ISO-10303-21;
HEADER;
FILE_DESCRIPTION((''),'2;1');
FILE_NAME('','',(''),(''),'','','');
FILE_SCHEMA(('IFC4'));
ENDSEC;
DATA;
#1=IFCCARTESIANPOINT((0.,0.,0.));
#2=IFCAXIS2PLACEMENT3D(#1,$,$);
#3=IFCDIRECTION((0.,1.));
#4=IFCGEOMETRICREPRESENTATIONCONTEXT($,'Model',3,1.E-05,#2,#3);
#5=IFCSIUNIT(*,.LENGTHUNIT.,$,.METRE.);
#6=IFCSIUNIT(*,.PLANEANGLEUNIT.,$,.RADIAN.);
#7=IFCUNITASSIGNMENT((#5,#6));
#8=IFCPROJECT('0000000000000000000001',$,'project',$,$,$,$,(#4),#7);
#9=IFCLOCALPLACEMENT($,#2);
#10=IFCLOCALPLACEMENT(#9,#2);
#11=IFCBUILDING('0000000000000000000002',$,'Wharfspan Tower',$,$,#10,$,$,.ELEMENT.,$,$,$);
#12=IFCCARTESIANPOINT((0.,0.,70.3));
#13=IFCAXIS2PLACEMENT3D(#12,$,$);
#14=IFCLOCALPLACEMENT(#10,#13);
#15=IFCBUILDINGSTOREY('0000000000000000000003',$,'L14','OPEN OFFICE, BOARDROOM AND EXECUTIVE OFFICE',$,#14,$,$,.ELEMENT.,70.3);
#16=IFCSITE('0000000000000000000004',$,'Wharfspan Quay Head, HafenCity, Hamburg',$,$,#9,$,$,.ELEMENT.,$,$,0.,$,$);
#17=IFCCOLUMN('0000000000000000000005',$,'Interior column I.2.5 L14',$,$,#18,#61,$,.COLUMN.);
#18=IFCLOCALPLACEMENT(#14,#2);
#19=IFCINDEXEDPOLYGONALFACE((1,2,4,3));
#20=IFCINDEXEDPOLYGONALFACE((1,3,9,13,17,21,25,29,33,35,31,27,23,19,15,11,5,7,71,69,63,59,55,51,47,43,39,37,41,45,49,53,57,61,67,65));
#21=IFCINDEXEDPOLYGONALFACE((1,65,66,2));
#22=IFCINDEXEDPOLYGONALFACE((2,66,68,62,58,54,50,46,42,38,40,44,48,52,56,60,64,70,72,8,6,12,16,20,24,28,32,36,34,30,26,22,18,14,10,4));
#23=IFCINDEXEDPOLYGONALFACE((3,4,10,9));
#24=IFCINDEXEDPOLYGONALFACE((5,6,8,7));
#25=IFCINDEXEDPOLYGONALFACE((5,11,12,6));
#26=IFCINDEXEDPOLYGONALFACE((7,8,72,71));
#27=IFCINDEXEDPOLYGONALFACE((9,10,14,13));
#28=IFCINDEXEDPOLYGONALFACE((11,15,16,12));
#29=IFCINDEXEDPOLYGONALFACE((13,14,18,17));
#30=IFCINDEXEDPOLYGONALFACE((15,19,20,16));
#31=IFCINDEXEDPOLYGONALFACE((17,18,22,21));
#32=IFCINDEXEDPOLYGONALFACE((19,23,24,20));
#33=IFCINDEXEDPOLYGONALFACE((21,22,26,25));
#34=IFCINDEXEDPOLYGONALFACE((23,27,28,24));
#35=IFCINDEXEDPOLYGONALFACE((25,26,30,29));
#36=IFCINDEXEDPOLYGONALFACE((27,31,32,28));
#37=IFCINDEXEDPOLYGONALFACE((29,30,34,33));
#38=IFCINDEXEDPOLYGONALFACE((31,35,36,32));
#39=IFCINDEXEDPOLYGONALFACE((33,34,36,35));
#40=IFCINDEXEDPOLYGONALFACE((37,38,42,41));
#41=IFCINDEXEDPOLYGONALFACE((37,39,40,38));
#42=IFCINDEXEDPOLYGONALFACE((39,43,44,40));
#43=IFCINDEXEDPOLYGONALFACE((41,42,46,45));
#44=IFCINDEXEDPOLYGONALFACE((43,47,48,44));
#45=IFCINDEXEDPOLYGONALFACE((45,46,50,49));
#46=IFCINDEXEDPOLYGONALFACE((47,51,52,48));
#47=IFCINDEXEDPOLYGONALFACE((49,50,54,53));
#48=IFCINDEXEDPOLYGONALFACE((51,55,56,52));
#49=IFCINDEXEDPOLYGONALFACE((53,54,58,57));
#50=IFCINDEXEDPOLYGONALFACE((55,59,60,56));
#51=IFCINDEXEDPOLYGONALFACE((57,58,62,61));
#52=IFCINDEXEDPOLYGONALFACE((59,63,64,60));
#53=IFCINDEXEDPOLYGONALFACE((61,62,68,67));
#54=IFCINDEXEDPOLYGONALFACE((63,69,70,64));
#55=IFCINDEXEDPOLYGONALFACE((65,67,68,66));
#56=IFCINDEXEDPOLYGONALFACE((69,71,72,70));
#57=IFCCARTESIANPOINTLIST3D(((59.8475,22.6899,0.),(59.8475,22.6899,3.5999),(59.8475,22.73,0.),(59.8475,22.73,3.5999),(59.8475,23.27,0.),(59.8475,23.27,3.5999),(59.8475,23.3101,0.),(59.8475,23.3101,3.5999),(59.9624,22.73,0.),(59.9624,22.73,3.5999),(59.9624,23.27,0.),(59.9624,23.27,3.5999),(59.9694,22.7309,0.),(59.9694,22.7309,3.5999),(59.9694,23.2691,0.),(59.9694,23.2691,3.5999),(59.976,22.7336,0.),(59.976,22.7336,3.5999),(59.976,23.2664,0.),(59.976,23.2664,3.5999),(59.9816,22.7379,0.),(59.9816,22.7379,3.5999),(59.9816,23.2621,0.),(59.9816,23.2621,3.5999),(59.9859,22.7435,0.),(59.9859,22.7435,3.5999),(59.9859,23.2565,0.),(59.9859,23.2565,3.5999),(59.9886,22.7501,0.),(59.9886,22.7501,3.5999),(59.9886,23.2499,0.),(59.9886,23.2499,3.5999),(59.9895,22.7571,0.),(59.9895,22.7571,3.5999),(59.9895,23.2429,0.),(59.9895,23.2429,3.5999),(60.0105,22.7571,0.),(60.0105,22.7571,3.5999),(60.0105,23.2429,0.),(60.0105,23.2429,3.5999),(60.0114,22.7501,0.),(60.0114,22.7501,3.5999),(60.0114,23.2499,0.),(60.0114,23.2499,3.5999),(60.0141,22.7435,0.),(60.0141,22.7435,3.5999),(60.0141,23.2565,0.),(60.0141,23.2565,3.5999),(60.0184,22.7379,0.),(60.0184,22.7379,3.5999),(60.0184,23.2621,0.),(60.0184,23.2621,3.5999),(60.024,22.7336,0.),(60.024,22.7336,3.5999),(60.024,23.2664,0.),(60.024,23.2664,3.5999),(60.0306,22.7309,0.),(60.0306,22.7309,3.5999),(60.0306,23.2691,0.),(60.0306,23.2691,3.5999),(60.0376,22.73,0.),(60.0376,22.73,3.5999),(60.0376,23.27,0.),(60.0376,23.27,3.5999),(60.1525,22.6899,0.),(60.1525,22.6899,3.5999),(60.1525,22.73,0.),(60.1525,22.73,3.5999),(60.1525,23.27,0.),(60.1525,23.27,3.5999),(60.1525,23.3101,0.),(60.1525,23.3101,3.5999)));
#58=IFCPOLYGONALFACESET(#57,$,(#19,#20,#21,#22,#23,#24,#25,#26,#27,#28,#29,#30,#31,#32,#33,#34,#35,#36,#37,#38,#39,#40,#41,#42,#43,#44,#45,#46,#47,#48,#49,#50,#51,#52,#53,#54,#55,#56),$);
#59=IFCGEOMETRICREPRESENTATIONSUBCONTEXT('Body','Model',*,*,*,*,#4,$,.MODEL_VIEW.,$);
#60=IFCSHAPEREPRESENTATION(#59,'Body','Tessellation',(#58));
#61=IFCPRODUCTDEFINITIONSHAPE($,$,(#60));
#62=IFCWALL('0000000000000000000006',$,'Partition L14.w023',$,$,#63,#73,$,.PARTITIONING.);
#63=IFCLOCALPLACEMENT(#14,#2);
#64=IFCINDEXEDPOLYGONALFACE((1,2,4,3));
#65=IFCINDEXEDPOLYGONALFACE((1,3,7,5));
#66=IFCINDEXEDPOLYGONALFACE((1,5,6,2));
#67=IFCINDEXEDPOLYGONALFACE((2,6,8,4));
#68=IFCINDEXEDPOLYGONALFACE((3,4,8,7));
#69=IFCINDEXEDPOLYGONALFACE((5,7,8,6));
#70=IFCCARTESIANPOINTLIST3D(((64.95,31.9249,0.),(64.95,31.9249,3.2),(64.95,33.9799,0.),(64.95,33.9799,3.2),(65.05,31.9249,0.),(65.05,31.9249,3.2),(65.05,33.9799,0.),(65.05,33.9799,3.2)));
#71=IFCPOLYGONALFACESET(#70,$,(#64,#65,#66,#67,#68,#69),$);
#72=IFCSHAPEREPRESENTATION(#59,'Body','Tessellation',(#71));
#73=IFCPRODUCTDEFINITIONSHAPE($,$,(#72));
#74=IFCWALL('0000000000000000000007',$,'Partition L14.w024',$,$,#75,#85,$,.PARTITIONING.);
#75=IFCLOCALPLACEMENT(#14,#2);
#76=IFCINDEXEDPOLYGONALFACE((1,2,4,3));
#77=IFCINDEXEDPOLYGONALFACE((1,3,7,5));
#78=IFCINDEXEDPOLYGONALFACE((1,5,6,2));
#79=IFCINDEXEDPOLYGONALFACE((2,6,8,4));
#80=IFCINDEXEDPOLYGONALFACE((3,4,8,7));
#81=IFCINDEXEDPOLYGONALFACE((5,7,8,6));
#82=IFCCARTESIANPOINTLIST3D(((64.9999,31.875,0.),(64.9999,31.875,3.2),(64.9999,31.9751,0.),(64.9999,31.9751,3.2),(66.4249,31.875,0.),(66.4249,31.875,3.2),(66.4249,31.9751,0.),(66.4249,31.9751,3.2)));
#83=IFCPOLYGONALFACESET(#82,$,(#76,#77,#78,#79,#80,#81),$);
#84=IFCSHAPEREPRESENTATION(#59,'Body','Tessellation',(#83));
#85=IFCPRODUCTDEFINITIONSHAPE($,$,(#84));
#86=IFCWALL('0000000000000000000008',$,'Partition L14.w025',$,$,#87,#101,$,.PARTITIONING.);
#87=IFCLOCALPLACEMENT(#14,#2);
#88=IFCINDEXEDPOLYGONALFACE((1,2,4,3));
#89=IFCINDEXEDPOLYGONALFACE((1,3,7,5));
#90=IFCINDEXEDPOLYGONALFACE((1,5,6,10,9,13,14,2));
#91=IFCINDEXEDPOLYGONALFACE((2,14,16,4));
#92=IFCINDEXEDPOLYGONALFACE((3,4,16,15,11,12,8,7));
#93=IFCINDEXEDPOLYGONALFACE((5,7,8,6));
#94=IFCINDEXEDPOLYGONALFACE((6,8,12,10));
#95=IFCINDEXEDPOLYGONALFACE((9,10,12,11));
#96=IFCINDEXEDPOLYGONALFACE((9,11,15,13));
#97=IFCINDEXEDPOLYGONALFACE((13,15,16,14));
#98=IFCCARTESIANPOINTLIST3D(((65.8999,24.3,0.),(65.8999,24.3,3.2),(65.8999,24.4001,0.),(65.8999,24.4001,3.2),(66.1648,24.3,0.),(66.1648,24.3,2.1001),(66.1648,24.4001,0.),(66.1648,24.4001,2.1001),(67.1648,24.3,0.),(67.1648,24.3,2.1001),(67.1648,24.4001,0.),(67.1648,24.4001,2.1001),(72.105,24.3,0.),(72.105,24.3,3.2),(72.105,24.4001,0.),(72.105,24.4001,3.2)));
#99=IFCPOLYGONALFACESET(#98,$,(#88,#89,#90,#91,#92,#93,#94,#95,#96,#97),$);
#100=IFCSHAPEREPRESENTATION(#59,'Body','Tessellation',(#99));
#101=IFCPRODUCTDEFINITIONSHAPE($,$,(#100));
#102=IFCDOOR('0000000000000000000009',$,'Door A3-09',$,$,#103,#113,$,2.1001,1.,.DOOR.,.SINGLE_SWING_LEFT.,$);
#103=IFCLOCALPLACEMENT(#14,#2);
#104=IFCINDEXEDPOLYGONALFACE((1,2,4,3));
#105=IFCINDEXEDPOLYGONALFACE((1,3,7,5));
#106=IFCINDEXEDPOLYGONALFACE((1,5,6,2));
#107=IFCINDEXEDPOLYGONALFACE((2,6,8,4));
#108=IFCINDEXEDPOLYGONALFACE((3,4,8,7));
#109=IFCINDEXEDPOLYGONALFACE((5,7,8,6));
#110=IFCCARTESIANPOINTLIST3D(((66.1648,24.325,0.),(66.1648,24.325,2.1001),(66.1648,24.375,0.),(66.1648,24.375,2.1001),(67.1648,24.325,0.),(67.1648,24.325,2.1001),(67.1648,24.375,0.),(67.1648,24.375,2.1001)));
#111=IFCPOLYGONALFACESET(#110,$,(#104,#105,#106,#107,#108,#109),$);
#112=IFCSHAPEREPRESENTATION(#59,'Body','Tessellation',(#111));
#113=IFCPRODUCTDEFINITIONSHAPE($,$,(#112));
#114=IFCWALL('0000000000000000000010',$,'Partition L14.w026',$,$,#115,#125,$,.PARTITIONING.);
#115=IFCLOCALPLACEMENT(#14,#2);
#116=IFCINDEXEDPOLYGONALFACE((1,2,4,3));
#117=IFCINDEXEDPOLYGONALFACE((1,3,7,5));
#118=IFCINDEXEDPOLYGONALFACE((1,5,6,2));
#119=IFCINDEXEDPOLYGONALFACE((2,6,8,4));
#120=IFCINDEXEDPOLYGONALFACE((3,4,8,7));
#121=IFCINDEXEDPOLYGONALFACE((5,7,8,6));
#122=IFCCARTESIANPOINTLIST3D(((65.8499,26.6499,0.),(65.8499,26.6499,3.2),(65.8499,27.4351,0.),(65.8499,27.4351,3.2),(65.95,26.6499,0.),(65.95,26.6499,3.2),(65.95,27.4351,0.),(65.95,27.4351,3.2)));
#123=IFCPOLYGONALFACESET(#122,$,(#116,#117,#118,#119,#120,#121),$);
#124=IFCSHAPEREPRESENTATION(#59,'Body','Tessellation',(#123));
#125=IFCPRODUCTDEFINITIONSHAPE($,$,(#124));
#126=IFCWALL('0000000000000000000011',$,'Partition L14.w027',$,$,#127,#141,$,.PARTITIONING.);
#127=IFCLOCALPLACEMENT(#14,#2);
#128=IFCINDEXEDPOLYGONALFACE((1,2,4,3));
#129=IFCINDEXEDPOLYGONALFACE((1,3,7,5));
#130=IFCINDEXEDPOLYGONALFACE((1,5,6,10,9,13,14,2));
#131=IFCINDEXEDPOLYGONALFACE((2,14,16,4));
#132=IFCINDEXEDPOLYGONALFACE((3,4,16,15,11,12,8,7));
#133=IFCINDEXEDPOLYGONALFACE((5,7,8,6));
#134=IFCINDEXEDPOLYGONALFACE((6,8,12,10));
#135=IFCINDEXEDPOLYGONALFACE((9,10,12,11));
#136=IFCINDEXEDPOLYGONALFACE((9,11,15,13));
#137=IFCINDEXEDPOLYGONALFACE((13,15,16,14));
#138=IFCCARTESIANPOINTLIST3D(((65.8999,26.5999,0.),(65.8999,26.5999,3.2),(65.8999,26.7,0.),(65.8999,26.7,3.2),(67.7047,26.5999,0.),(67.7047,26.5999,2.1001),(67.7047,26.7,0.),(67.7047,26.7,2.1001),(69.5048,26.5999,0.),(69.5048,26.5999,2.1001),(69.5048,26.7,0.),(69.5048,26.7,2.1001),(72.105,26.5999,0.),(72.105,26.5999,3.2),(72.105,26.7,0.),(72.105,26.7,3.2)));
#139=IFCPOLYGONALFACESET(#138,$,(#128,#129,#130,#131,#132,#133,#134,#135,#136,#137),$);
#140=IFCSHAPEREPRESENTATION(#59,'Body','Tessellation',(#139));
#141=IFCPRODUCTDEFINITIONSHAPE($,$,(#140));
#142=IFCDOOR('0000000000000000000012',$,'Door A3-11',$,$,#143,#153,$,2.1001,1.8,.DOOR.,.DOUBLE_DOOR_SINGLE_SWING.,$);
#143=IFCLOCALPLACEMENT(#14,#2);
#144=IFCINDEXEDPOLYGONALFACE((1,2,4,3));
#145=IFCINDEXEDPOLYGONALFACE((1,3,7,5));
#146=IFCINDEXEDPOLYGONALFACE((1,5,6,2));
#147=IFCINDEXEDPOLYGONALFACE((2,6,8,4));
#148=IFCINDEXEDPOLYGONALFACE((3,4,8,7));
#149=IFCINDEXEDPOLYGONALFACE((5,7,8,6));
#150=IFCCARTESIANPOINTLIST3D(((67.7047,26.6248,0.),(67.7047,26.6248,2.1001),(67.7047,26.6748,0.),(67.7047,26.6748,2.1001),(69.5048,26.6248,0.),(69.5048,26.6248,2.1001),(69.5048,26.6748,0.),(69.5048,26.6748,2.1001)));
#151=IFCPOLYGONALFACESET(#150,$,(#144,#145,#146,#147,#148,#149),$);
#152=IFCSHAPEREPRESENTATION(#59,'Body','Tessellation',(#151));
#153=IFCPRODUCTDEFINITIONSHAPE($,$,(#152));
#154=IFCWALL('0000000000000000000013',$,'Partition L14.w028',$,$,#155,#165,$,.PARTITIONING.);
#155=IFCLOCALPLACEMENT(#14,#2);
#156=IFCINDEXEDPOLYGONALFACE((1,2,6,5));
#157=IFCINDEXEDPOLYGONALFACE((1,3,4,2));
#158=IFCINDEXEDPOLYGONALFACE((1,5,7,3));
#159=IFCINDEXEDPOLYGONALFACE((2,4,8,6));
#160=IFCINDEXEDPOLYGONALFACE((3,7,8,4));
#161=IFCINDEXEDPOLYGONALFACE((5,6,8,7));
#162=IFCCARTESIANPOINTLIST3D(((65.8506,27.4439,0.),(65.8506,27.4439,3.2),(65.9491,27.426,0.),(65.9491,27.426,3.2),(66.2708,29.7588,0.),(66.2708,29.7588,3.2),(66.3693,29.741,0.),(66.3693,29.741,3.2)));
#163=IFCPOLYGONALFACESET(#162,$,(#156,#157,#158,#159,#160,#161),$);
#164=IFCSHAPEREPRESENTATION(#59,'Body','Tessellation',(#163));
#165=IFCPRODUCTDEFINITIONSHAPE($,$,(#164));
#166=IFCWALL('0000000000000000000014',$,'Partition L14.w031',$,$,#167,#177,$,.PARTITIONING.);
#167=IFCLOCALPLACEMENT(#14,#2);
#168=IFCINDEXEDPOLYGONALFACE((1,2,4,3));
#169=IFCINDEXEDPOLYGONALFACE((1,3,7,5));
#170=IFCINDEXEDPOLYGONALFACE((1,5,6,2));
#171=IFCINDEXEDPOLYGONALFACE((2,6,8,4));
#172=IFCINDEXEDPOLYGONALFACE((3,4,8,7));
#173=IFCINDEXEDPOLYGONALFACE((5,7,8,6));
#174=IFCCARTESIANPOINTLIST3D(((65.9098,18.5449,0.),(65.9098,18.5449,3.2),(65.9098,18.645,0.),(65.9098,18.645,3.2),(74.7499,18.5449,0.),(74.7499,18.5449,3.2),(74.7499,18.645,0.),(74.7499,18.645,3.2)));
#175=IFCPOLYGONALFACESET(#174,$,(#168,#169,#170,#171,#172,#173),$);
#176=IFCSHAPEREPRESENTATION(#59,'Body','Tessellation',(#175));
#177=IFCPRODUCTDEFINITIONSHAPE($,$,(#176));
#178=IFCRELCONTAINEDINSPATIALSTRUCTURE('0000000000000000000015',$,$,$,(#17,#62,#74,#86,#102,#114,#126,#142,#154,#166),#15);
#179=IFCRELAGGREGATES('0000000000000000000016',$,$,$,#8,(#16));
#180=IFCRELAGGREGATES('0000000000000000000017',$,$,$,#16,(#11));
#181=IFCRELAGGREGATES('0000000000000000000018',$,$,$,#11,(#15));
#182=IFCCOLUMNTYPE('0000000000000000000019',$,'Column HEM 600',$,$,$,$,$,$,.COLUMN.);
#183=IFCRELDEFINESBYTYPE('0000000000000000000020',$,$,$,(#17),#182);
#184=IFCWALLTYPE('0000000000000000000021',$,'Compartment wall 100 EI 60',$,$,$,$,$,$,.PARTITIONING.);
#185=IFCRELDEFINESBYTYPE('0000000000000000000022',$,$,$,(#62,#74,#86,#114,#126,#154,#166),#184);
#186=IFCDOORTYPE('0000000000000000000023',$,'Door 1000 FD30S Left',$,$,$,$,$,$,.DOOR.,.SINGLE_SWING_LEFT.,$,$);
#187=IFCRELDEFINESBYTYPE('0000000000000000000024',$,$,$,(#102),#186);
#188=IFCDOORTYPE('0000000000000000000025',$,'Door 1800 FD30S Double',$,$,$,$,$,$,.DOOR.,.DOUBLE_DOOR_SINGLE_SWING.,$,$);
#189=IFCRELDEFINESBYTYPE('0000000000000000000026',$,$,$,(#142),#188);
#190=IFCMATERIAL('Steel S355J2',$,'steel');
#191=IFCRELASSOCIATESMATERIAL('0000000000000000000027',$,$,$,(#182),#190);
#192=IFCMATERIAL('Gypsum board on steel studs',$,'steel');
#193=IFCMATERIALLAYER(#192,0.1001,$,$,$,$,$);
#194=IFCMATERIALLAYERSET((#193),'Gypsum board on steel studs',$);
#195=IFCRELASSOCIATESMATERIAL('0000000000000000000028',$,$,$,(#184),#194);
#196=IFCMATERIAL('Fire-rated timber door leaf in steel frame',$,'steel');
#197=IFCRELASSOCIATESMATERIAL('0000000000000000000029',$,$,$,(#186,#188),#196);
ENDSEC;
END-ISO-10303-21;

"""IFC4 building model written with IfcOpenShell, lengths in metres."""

from ifc_helpers import new_model, si_unit, direction, frame, frame_2d, origin, origin_2d, place, context, subcontext, project, spatial, rectangle, i_section, extrude, material, layer, layer_set, material_profile, profile_set, type_object, element, fill, save


model = new_model("IFC4")

# Units and contexts
model_context = context("Model", 3, precision=1e-05, world=origin(), true_north=direction((0.0, 1.0)))
body_context = subcontext(model_context, "Body", "Model", "MODEL_VIEW")
ifc_project = project(units=[si_unit("LENGTHUNIT", "METRE"), si_unit("PLANEANGLEUNIT", "RADIAN")], contexts=[model_context])

# Site, building, storey
site_placement = place(None, origin())
site = spatial("IfcSite", under=ifc_project, at=site_placement, Name="Wharfspan Quay Head, HafenCity, Hamburg", CompositionType="ELEMENT", RefElevation=0.0)
building_placement = place(site_placement, origin())
building = spatial("IfcBuilding", under=site, at=building_placement, Name="Wharfspan Tower", CompositionType="ELEMENT")
storey_placement = place(building_placement, frame((0.0, 0.0, 70.3)))
storey = spatial("IfcBuildingStorey", under=building, at=storey_placement, Name="L14", Description="OPEN OFFICE, BOARDROOM AND EXECUTIVE OFFICE", CompositionType="ELEMENT", Elevation=70.3)

# Column
ifc_material_1 = material(Name="Steel S355J2", Category="steel")
ifc_material_profile = material_profile(ifc_material_1, i_section(OverallWidth=0.3049, OverallDepth=0.6201, WebThickness=0.021, FlangeThickness=0.04, FilletRadius=0.0271, at=origin_2d()))
ifc_profile_set = profile_set([ifc_material_profile], Name="Steel S355J2")
column_type = type_object("IfcColumnType", Name="Column HEM 600", PredefinedType="COLUMN", material=ifc_profile_set)
column_placement = place(storey_placement, frame((60.0, 23.0, 0.0), z_axis=(0.0, 0.0, 1.0), x_axis=(1.0, 0.0, 0.0)))
element("IfcColumn", 1, at=column_placement, inside=storey, type_object=column_type, Name="Interior column I.2.5 L14", PredefinedType="COLUMN", context=body_context, shape_type="SweptSolid", body=[
    extrude(i_section(OverallWidth=0.3049, OverallDepth=0.6201, WebThickness=0.021, FlangeThickness=0.04, FilletRadius=0.0271, at=origin_2d()), origin(), (0.0, 0.0, 1.0), 3.5999),
])

# Walls
ifc_material_2 = material(Name="Gypsum board on steel studs", Category="steel")
ifc_layer_1 = layer(ifc_material_2, 0.1001)
ifc_layer_set_1 = layer_set([ifc_layer_1], Name="Gypsum board on steel studs")
wall_type_1 = type_object("IfcWallType", Name="Compartment wall 100 EI 60", PredefinedType="PARTITIONING", material=ifc_layer_set_1)
wall_1_placement = place(storey_placement, frame((65.0, 31.925, 0.0), z_axis=(0.0, 0.0, 1.0), x_axis=(0.0, 1.0, 0.0)))
element("IfcWall", 2, at=wall_1_placement, inside=storey, type_object=wall_type_1, Name="Partition L14.w023", PredefinedType="PARTITIONING", context=body_context, shape_type="SweptSolid", body=[
    extrude(rectangle(XDim=2.0549, YDim=0.1001, at=frame_2d((1.0273, 0.0))), origin(), (0.0, 0.0, 1.0), 3.2),
])
wall_2_placement = place(storey_placement, frame((65.0, 31.925, 0.0), z_axis=(0.0, 0.0, 1.0), x_axis=(1.0, 0.0, 0.0)))
element("IfcWall", 3, at=wall_2_placement, inside=storey, type_object=wall_type_1, Name="Partition L14.w024", PredefinedType="PARTITIONING", context=body_context, shape_type="SweptSolid", body=[
    extrude(rectangle(XDim=1.425, YDim=0.1001, at=frame_2d((0.7124, 0.0))), origin(), (0.0, 0.0, 1.0), 3.2),
])

# Wall, opening, door
wall_3_placement = place(storey_placement, frame((65.8999, 24.3501, 0.0), z_axis=(0.0, 0.0, 1.0), x_axis=(1.0, 0.0, 0.0)))
wall_3 = element("IfcWall", 4, at=wall_3_placement, inside=storey, type_object=wall_type_1, Name="Partition L14.w025", PredefinedType="PARTITIONING", context=body_context, shape_type="SweptSolid", body=[
    extrude(rectangle(XDim=6.2051, YDim=0.1001, at=frame_2d((3.1025, 0.0))), origin(), (0.0, 0.0, 1.0), 3.2),
])
opening_1_placement = place(wall_3_placement, frame((0.2649, 0.0, 0.0)))
opening_1 = element("IfcOpeningElement", 5, at=opening_1_placement, cuts=wall_3, PredefinedType="OPENING", context=body_context, shape_type="SweptSolid", body=[
    extrude(rectangle(XDim=1.0, YDim=2.1001, at=frame_2d((0.5, 1.05))), frame((0.0, 0.0601, 0.0), z_axis=(0.0, -1.0, 0.0), x_axis=(1.0, 0.0, 0.0)), (0.0, 0.0, 1.0), 0.1201),
])
ifc_material_3 = material(Name="Fire-rated timber door leaf in steel frame", Category="steel")
door_type_1 = type_object("IfcDoorType", Name="Door 1000 FD30S Left", OperationType="SINGLE_SWING_LEFT", PredefinedType="DOOR", material=ifc_material_3)
door_1_placement = place(opening_1_placement, origin())
door_1 = element("IfcDoor", 6, at=door_1_placement, inside=storey, type_object=door_type_1, Name="Door A3-09", OperationType="SINGLE_SWING_LEFT", OverallHeight=2.1001, OverallWidth=1.0, PredefinedType="DOOR", context=body_context, shape_type="SweptSolid", body=[
    extrude(rectangle(XDim=1.0, YDim=2.1001, at=frame_2d((0.5, 1.05))), frame((0.0, 0.0249, 0.0), z_axis=(0.0, -1.0, 0.0), x_axis=(1.0, 0.0, 0.0)), (0.0, 0.0, 1.0), 0.05),
])
fill(opening_1, door_1)

# Wall
wall_4_placement = place(storey_placement, frame((65.8999, 26.6499, 0.0), z_axis=(0.0, 0.0, 1.0), x_axis=(0.0, 1.0, 0.0)))
element("IfcWall", 7, at=wall_4_placement, inside=storey, type_object=wall_type_1, Name="Partition L14.w026", PredefinedType="PARTITIONING", context=body_context, shape_type="SweptSolid", body=[
    extrude(rectangle(XDim=0.7852, YDim=0.1001, at=frame_2d((0.3926, 0.0))), origin(), (0.0, 0.0, 1.0), 3.2),
])

# Wall, opening, door
wall_5_placement = place(storey_placement, frame((65.8999, 26.6499, 0.0), z_axis=(0.0, 0.0, 1.0), x_axis=(1.0, 0.0, 0.0)))
wall_5 = element("IfcWall", 8, at=wall_5_placement, inside=storey, type_object=wall_type_1, Name="Partition L14.w027", PredefinedType="PARTITIONING", context=body_context, shape_type="SweptSolid", body=[
    extrude(rectangle(XDim=6.2051, YDim=0.1001, at=frame_2d((3.1025, 0.0))), origin(), (0.0, 0.0, 1.0), 3.2),
])
opening_2_placement = place(wall_5_placement, frame((1.8049, 0.0, 0.0)))
opening_2 = element("IfcOpeningElement", 9, at=opening_2_placement, cuts=wall_5, PredefinedType="OPENING", context=body_context, shape_type="SweptSolid", body=[
    extrude(rectangle(XDim=1.8, YDim=2.1001, at=frame_2d((0.8999, 1.05))), frame((0.0, 0.0601, 0.0), z_axis=(0.0, -1.0, 0.0), x_axis=(1.0, 0.0, 0.0)), (0.0, 0.0, 1.0), 0.1201),
])
door_type_2 = type_object("IfcDoorType", Name="Door 1800 FD30S Double", OperationType="DOUBLE_DOOR_SINGLE_SWING", PredefinedType="DOOR", material=ifc_material_3)
door_2_placement = place(opening_2_placement, origin())
door_2 = element("IfcDoor", 10, at=door_2_placement, inside=storey, type_object=door_type_2, Name="Door A3-11", OperationType="DOUBLE_DOOR_SINGLE_SWING", OverallHeight=2.1001, OverallWidth=1.8, PredefinedType="DOOR", context=body_context, shape_type="SweptSolid", body=[
    extrude(rectangle(XDim=1.8, YDim=2.1001, at=frame_2d((0.8999, 1.05))), frame((0.0, 0.0249, 0.0), z_axis=(0.0, -1.0, 0.0), x_axis=(1.0, 0.0, 0.0)), (0.0, 0.0, 1.0), 0.05),
])
fill(opening_2, door_2)

# Walls
wall_6_placement = place(storey_placement, frame((65.8999, 27.4351, 0.0), z_axis=(0.0, 0.0, 1.0), x_axis=(0.178584, 0.983924, 0.0)))
element("IfcWall", 11, at=wall_6_placement, inside=storey, type_object=wall_type_1, Name="Partition L14.w028", PredefinedType="PARTITIONING", context=body_context, shape_type="SweptSolid", body=[
    extrude(rectangle(XDim=2.3528, YDim=0.1001, at=frame_2d((1.1763, 0.0))), origin(), (0.0, 0.0, 1.0), 3.2),
])
wall_7_placement = place(storey_placement, frame((65.9099, 18.595, 0.0), z_axis=(0.0, 0.0, 1.0), x_axis=(1.0, 0.0, 0.0)))
element("IfcWall", 12, at=wall_7_placement, inside=storey, type_object=wall_type_1, Name="Partition L14.w031", PredefinedType="PARTITIONING", context=body_context, shape_type="SweptSolid", body=[
    extrude(rectangle(XDim=8.8401, YDim=0.1001, at=frame_2d((4.4199, 0.0))), origin(), (0.0, 0.0, 1.0), 3.2),
])

save(model, "model.ifc")
